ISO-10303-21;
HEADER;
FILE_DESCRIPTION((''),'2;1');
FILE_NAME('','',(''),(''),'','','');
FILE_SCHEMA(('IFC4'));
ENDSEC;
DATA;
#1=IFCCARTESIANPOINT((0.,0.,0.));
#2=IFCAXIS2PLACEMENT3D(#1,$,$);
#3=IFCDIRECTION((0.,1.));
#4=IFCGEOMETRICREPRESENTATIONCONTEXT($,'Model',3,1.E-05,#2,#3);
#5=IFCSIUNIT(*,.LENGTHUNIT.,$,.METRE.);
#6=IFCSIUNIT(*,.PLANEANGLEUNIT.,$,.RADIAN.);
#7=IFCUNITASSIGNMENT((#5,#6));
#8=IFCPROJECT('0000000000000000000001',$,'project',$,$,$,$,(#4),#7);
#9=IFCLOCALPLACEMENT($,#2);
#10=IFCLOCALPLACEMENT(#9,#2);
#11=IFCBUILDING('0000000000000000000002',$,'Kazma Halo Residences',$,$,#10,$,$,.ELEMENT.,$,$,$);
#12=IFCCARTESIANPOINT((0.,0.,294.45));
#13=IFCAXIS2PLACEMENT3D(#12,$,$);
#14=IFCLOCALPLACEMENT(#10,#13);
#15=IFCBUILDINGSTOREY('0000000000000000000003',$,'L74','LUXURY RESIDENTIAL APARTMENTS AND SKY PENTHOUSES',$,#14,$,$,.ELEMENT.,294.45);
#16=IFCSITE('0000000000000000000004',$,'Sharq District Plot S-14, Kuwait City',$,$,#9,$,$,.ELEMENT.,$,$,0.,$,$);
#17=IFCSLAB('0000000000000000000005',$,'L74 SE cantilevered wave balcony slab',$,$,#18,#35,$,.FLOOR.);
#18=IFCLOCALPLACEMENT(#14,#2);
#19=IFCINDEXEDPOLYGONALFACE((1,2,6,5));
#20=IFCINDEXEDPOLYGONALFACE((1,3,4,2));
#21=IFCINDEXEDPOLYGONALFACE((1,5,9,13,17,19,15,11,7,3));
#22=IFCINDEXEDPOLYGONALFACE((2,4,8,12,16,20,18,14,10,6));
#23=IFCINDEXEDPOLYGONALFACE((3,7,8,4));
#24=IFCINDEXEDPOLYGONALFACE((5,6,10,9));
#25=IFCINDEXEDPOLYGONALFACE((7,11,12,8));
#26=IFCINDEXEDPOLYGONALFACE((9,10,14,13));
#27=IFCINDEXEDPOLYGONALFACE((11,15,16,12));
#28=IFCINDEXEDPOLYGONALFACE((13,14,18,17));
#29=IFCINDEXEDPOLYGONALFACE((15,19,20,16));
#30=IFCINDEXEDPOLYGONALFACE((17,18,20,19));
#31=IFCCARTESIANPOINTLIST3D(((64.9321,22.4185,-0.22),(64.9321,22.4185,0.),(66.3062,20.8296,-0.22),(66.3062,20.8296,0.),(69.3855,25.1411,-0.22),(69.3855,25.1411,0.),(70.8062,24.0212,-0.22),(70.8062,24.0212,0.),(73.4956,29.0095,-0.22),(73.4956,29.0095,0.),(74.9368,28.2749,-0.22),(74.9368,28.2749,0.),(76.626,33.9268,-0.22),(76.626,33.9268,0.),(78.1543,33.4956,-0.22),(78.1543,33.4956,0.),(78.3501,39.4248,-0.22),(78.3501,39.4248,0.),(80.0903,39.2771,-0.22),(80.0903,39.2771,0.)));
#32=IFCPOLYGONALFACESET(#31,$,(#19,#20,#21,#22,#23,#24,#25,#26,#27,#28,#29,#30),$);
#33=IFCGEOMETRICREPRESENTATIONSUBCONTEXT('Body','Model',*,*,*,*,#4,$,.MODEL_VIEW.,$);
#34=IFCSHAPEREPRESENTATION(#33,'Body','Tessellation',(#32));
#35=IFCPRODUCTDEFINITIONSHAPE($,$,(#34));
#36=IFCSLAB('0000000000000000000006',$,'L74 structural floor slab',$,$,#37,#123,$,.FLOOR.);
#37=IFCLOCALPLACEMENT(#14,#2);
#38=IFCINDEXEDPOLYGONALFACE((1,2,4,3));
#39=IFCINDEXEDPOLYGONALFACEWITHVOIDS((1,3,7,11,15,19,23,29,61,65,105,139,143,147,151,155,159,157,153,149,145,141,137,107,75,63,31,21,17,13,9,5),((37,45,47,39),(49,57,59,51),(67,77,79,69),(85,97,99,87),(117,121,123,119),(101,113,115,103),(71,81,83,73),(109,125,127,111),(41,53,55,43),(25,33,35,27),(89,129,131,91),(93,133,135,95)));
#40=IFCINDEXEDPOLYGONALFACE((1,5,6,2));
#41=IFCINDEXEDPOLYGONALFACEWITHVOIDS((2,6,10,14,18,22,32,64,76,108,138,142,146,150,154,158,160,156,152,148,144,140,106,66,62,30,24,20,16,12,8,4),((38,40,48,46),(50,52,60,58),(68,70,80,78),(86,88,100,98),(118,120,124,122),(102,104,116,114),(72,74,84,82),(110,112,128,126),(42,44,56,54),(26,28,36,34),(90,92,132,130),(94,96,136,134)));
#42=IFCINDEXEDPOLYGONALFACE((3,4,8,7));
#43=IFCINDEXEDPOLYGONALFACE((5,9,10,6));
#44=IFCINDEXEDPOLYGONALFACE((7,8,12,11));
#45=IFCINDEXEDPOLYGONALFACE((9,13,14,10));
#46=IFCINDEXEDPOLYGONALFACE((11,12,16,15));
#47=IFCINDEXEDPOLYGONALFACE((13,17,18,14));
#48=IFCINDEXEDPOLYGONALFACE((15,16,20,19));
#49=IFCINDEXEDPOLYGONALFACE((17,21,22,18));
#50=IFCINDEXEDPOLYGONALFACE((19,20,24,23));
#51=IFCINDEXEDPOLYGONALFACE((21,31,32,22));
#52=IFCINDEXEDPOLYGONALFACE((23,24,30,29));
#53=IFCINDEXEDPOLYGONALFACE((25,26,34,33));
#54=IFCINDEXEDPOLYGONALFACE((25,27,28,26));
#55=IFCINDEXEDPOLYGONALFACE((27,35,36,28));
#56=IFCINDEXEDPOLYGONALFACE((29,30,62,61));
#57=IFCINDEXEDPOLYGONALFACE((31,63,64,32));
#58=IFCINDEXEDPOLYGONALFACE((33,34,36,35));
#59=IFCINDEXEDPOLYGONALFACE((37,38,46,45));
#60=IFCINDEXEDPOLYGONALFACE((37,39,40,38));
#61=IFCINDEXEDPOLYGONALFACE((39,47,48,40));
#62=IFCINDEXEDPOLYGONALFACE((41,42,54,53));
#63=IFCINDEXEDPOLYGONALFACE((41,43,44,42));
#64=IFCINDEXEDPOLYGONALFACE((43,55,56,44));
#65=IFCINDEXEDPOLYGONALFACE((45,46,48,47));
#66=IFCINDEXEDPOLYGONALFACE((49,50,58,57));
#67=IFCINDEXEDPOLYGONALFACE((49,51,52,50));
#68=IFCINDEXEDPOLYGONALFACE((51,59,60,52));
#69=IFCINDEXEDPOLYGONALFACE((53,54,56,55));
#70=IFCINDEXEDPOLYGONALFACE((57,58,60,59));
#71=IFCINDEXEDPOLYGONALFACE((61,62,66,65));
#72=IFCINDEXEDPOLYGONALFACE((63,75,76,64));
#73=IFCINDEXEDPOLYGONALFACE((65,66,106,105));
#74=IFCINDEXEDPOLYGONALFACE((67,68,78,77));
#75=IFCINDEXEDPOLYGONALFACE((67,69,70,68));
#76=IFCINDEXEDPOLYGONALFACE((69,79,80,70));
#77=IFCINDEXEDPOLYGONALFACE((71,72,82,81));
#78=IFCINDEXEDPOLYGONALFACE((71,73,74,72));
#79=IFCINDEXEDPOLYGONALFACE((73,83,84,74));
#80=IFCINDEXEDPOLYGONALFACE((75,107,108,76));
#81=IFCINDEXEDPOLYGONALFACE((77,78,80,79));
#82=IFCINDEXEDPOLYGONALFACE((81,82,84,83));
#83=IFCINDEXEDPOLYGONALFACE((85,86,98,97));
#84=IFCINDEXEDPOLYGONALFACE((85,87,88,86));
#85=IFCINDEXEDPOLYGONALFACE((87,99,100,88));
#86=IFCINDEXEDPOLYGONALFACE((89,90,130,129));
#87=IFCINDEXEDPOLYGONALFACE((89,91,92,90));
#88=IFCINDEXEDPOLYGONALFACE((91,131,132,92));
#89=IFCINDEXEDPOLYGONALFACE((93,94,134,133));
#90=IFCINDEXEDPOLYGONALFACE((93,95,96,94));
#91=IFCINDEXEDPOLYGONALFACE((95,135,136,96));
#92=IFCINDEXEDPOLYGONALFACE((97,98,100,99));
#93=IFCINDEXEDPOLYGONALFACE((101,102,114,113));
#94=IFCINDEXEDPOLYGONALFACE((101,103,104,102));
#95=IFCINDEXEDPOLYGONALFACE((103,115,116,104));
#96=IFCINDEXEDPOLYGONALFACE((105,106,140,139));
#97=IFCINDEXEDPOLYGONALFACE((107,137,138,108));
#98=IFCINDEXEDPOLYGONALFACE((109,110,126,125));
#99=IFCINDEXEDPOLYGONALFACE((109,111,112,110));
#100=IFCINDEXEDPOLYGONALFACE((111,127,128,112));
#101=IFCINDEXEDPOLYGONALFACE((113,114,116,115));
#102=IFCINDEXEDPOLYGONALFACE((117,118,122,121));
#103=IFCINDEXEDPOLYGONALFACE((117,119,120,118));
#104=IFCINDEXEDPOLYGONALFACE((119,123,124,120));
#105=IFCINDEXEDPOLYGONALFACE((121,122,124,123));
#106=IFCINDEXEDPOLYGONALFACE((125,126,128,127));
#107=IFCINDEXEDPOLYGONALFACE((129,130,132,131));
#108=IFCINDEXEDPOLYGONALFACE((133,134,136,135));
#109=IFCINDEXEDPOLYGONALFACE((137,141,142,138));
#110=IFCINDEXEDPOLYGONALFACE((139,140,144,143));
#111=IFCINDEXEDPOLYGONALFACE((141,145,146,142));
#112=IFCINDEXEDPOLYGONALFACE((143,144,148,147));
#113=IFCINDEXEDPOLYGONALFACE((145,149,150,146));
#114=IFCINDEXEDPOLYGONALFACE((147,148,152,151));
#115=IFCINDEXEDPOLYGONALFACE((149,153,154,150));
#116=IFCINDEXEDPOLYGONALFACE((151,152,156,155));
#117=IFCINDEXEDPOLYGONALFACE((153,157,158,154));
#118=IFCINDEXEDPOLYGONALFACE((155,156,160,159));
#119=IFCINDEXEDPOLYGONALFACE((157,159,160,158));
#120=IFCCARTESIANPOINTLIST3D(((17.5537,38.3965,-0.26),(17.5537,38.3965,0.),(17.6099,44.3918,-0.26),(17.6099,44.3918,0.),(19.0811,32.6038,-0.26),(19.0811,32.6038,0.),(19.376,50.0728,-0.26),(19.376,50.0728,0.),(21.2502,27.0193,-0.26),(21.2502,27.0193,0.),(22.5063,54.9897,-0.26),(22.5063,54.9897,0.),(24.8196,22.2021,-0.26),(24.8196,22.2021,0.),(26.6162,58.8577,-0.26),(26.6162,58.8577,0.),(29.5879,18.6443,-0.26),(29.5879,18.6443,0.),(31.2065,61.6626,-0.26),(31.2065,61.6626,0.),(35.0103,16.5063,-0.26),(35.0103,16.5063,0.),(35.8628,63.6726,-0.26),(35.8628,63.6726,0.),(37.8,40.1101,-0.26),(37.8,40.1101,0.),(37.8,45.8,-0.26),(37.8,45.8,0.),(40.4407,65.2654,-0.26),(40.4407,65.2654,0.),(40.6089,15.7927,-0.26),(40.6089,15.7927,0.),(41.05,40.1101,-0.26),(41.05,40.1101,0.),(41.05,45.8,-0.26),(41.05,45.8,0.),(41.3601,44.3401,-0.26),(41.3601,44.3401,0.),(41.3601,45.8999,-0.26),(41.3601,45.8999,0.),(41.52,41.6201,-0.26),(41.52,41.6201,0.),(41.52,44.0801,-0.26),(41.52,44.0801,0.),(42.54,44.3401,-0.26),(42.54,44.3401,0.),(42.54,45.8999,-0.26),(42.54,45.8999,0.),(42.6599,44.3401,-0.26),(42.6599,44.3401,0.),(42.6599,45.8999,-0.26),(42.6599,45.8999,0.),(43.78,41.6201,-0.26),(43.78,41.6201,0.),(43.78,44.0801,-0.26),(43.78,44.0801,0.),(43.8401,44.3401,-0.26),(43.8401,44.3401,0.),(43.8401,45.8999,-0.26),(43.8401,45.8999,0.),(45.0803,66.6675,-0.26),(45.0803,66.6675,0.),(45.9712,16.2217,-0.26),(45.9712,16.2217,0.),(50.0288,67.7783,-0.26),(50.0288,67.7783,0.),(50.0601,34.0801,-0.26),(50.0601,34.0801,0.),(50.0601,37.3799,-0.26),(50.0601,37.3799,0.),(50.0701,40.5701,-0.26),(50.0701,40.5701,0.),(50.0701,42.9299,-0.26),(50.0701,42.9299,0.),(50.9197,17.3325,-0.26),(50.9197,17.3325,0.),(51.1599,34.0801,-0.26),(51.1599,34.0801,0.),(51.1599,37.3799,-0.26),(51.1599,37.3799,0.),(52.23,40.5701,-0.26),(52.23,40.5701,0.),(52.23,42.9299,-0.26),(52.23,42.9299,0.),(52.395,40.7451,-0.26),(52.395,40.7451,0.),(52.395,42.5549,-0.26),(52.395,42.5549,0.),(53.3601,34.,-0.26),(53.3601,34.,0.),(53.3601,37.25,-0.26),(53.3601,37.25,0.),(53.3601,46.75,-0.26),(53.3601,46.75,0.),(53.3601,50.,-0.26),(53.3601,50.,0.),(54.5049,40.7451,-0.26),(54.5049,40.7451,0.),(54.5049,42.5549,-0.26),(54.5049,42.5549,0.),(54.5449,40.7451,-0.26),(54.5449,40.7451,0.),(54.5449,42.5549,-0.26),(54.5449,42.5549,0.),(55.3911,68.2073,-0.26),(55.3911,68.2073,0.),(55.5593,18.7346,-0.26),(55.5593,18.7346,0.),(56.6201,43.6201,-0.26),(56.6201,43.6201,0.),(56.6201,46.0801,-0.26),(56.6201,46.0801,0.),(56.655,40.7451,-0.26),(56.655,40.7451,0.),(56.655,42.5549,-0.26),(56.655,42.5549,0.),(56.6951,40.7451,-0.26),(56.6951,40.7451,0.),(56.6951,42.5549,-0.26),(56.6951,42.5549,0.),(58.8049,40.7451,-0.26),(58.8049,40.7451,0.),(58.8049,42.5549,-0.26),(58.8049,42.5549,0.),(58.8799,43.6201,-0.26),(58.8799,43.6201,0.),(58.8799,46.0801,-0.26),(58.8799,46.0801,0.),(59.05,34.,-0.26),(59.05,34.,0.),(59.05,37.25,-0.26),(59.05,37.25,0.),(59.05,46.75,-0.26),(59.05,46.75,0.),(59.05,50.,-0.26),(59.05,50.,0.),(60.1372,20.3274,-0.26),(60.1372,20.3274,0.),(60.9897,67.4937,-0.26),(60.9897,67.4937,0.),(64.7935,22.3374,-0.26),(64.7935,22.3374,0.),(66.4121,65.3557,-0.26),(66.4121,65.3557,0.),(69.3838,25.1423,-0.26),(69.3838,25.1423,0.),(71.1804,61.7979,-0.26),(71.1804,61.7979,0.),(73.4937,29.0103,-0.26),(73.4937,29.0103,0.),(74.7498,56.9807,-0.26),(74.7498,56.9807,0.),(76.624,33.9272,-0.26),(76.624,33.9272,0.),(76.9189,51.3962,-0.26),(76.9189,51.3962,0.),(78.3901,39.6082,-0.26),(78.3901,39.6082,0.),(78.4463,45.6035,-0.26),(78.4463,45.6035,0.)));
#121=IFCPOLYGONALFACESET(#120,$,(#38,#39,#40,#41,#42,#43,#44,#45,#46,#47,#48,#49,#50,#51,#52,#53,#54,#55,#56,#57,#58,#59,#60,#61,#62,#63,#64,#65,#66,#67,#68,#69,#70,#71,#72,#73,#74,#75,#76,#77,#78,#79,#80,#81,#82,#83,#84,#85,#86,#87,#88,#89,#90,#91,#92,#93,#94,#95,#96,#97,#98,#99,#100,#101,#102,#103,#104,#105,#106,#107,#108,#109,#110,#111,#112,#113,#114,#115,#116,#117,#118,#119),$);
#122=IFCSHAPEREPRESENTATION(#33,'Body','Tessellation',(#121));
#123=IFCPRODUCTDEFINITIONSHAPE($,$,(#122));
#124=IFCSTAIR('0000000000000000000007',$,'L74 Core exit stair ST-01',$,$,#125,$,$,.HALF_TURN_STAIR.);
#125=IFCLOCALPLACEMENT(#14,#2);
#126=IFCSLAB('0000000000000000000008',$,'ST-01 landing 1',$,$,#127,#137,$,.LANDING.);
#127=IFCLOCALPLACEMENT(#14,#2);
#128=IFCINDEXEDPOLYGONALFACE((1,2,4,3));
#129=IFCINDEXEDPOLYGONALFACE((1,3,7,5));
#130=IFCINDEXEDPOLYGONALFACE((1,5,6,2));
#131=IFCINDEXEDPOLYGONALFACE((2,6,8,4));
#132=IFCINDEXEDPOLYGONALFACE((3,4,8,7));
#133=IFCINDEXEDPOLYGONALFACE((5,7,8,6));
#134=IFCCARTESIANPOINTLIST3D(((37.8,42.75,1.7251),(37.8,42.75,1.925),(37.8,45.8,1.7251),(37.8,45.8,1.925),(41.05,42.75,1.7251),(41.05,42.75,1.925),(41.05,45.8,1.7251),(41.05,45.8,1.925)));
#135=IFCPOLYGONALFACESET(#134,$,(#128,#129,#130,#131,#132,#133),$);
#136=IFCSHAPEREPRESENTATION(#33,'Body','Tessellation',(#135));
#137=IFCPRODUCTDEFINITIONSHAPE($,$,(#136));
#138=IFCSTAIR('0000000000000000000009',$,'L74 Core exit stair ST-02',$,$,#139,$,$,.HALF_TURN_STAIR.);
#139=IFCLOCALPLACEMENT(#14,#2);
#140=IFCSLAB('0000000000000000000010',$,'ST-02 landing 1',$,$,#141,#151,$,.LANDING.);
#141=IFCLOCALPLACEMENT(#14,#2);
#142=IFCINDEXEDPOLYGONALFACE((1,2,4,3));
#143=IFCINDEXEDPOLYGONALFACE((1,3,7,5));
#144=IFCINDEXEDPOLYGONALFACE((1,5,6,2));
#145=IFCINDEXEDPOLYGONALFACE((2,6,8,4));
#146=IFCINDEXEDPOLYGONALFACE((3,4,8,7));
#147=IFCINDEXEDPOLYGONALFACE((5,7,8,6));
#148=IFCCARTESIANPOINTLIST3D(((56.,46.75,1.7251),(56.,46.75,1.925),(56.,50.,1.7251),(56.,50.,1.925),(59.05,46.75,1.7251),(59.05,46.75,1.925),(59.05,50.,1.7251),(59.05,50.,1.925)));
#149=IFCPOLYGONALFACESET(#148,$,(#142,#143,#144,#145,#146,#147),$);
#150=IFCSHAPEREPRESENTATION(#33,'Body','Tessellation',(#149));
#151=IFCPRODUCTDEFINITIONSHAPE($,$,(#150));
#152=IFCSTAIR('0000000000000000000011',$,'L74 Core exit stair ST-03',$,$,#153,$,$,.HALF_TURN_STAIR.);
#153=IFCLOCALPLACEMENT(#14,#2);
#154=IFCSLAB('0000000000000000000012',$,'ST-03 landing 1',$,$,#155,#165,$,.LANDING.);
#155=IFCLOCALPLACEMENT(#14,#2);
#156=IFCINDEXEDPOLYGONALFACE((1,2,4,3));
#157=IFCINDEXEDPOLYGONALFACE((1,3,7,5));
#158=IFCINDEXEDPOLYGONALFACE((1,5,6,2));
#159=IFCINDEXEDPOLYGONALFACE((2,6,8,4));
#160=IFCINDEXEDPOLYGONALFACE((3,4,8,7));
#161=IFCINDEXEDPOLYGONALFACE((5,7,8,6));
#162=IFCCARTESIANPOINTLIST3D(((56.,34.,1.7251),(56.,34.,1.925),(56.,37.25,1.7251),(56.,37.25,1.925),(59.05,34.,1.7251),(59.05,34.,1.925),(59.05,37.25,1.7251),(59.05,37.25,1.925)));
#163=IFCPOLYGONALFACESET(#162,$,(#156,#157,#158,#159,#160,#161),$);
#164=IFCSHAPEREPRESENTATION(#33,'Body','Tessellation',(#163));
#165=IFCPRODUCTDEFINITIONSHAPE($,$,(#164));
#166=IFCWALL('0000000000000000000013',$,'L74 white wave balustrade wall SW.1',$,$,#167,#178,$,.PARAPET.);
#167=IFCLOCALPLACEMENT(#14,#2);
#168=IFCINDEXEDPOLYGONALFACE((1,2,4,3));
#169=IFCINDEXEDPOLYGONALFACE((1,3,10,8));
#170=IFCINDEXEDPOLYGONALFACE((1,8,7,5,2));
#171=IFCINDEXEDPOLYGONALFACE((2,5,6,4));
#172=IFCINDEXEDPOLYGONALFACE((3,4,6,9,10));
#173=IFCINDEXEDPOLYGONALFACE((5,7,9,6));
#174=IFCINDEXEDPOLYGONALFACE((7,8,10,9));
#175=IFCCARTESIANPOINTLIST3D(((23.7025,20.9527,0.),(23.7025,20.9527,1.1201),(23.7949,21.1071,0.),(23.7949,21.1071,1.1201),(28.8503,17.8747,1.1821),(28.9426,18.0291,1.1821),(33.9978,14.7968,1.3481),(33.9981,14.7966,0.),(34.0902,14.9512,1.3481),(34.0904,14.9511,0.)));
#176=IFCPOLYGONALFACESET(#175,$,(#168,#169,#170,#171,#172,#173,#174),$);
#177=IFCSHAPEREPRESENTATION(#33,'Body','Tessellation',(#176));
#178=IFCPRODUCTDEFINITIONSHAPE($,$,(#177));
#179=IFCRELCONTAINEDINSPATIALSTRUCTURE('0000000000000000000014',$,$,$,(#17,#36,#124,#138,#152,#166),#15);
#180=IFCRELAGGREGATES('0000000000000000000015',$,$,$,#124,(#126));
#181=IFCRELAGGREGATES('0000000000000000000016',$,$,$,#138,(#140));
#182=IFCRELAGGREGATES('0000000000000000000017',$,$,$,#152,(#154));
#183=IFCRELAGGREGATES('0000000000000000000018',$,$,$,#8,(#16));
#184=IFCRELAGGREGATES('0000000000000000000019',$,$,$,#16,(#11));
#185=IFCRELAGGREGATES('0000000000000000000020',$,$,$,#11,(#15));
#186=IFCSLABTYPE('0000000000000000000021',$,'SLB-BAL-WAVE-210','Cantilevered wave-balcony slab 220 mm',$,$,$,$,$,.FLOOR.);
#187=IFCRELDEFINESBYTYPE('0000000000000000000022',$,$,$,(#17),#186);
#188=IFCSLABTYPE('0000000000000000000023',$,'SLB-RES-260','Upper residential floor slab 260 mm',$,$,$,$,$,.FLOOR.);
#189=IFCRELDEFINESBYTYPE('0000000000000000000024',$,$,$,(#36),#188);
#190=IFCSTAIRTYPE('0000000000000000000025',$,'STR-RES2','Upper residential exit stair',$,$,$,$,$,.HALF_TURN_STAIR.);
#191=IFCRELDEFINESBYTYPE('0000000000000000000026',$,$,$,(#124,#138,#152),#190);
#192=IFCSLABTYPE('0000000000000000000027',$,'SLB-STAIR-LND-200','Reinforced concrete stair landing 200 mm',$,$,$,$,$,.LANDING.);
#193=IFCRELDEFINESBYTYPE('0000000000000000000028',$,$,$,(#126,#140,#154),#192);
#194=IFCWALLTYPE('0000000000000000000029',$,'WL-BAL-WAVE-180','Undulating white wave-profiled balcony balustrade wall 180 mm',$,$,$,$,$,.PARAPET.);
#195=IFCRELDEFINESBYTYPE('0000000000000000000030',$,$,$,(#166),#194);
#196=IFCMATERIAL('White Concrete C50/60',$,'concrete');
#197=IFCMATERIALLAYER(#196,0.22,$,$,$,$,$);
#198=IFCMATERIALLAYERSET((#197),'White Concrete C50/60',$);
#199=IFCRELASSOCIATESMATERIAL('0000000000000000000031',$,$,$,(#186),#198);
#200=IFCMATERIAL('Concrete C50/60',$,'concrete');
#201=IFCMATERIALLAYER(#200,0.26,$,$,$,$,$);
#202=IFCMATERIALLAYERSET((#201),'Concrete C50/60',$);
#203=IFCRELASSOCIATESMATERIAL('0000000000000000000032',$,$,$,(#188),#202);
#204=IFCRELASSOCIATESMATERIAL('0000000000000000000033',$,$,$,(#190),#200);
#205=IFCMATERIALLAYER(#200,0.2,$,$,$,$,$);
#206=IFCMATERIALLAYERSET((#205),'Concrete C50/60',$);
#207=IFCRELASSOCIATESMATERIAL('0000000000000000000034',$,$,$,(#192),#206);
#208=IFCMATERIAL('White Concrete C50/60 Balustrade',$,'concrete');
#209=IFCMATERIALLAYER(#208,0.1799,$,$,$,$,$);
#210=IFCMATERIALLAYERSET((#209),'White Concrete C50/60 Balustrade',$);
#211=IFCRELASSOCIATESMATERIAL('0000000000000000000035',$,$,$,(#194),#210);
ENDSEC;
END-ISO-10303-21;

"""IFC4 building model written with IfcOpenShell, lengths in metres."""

from ifc_helpers import new_model, si_unit, direction, frame, origin, place, context, subcontext, project, spatial, polyline, outline, extrude, material, layer, layer_set, type_object, element, aggregate, save


model = new_model("IFC4")

# Units and contexts
model_context = context("Model", 3, precision=1e-05, world=origin(), true_north=direction((0.0, 1.0)))
body_context = subcontext(model_context, "Body", "Model", "MODEL_VIEW")
ifc_project = project(units=[si_unit("LENGTHUNIT", "METRE"), si_unit("PLANEANGLEUNIT", "RADIAN")], contexts=[model_context])

# Site, building, storey
site_placement = place(None, origin())
site = spatial("IfcSite", under=ifc_project, at=site_placement, Name="Sharq District Plot S-14, Kuwait City", CompositionType="ELEMENT", RefElevation=0.0)
building_placement = place(site_placement, origin())
building = spatial("IfcBuilding", under=site, at=building_placement, Name="Kazma Halo Residences", CompositionType="ELEMENT")
storey_placement = place(building_placement, frame((0.0, 0.0, 294.45)))
storey = spatial("IfcBuildingStorey", under=building, at=storey_placement, Name="L74", Description="LUXURY RESIDENTIAL APARTMENTS AND SKY PENTHOUSES", CompositionType="ELEMENT", Elevation=294.45)

# Slabs
ifc_material_1 = material(Name="White Concrete C50/60", Category="concrete")
ifc_layer_1 = layer(ifc_material_1, 0.22)
ifc_layer_set_1 = layer_set([ifc_layer_1], Name="White Concrete C50/60")
slab_type_1 = type_object("IfcSlabType", Name="SLB-BAL-WAVE-210", Description="Cantilevered wave-balcony slab 220 mm", PredefinedType="FLOOR", material=ifc_layer_set_1)
slab_1_placement = place(storey_placement, frame((0.0, 0.0, -0.22)))
element("IfcSlab", 1, at=slab_1_placement, inside=storey, type_object=slab_type_1, Name="L74 SE cantilevered wave balcony slab", PredefinedType="FLOOR", context=body_context, shape_type="SweptSolid", body=[
    extrude(outline(polyline([(64.9321, 22.4185), (69.3855, 25.1411), (73.4956, 29.0095), (76.626, 33.9268), (78.3501, 39.4248), (80.0903, 39.2771), (78.1543, 33.4956), (74.9368, 28.2749), (70.8062, 24.0212), (66.3062, 20.8296), (64.9321, 22.4185)])), origin(), (0.0, 0.0, 1.0), 0.22),
])
ifc_material_2 = material(Name="Concrete C50/60", Category="concrete")
ifc_layer_2 = layer(ifc_material_2, 0.26)
ifc_layer_set_2 = layer_set([ifc_layer_2], Name="Concrete C50/60")
slab_type_2 = type_object("IfcSlabType", Name="SLB-RES-260", Description="Upper residential floor slab 260 mm", PredefinedType="FLOOR", material=ifc_layer_set_2)
slab_2_placement = place(storey_placement, frame((0.0, 0.0, -0.26)))
element("IfcSlab", 2, at=slab_2_placement, inside=storey, type_object=slab_type_2, Name="L74 structural floor slab", PredefinedType="FLOOR", context=body_context, shape_type="SweptSolid", body=[
    extrude(outline(polyline([(76.9189, 51.3962), (74.7498, 56.9807), (71.1804, 61.7979), (66.4121, 65.3557), (60.9897, 67.4937), (55.3911, 68.2073), (50.0288, 67.7783), (45.0803, 66.6675), (40.4407, 65.2654), (35.8628, 63.6726), (31.2065, 61.6626), (26.6162, 58.8577), (22.5063, 54.9897), (19.376, 50.0728), (17.6099, 44.3918), (17.5537, 38.3965), (19.0811, 32.6038), (21.2502, 27.0193), (24.8196, 22.2021), (29.5879, 18.6443), (35.0103, 16.5063), (40.6089, 15.7927), (45.9712, 16.2217), (50.9197, 17.3325), (55.5593, 18.7346), (60.1372, 20.3274), (64.7935, 22.3374), (69.3838, 25.1423), (73.4937, 29.0103), (76.624, 33.9272), (78.3901, 39.6082), (78.4463, 45.6035), (76.9189, 51.3962)]), holes=[polyline([(37.8, 40.1101), (41.05, 40.1101), (41.05, 45.8), (37.8, 45.8), (37.8, 40.1101)]), polyline([(53.3601, 46.75), (59.05, 46.75), (59.05, 50.0), (53.3601, 50.0), (53.3601, 46.75)]), polyline([(53.3601, 34.0), (59.05, 34.0), (59.05, 37.25), (53.3601, 37.25), (53.3601, 34.0)]), polyline([(41.52, 41.6201), (43.78, 41.6201), (43.78, 44.0801), (41.52, 44.0801), (41.52, 41.6201)]), polyline([(56.6201, 43.6201), (58.8799, 43.6201), (58.8799, 46.0801), (56.6201, 46.0801), (56.6201, 43.6201)]), polyline([(52.395, 40.7451), (54.5049, 40.7451), (54.5049, 42.5549), (52.395, 42.5549), (52.395, 40.7451)]), polyline([(54.5449, 40.7451), (56.655, 40.7451), (56.655, 42.5549), (54.5449, 42.5549), (54.5449, 40.7451)]), polyline([(56.6951, 40.7451), (58.8049, 40.7451), (58.8049, 42.5549), (56.6951, 42.5549), (56.6951, 40.7451)]), polyline([(50.0701, 40.5701), (52.23, 40.5701), (52.23, 42.9299), (50.0701, 42.9299), (50.0701, 40.5701)]), polyline([(41.3601, 44.3401), (42.54, 44.3401), (42.54, 45.8999), (41.3601, 45.8999), (41.3601, 44.3401)]), polyline([(42.6599, 44.3401), (43.8401, 44.3401), (43.8401, 45.8999), (42.6599, 45.8999), (42.6599, 44.3401)]), polyline([(50.0601, 34.0801), (51.1599, 34.0801), (51.1599, 37.3799), (50.0601, 37.3799), (50.0601, 34.0801)])]), origin(), (0.0, 0.0, 1.0), 0.26),
])

# Stairs, slabs
stair_type = type_object("IfcStairType", Name="STR-RES2", Description="Upper residential exit stair", PredefinedType="HALF_TURN_STAIR", material=ifc_material_2)
stair_1_placement = place(storey_placement, origin())
stair_1 = element("IfcStair", 3, at=stair_1_placement, inside=storey, type_object=stair_type, Name="L74 Core exit stair ST-01", PredefinedType="HALF_TURN_STAIR")
ifc_layer_3 = layer(ifc_material_2, 0.2)
ifc_layer_set_3 = layer_set([ifc_layer_3], Name="Concrete C50/60")
slab_type_3 = type_object("IfcSlabType", Name="SLB-STAIR-LND-200", Description="Reinforced concrete stair landing 200 mm", PredefinedType="LANDING", material=ifc_layer_set_3)
slab_3_placement = place(storey_placement, frame((0.0, 0.0, 1.7251)))
slab_3 = element("IfcSlab", 4, at=slab_3_placement, type_object=slab_type_3, Name="ST-01 landing 1", PredefinedType="LANDING", context=body_context, shape_type="SweptSolid", body=[
    extrude(outline(polyline([(41.05, 42.75), (41.05, 45.8), (37.8, 45.8), (37.8, 42.75), (41.05, 42.75)])), origin(), (0.0, 0.0, 1.0), 0.2),
])
aggregate(stair_1, [slab_3])
stair_2_placement = place(storey_placement, origin())
stair_2 = element("IfcStair", 5, at=stair_2_placement, inside=storey, type_object=stair_type, Name="L74 Core exit stair ST-02", PredefinedType="HALF_TURN_STAIR")
slab_4_placement = place(storey_placement, frame((0.0, 0.0, 1.7251)))
slab_4 = element("IfcSlab", 6, at=slab_4_placement, type_object=slab_type_3, Name="ST-02 landing 1", PredefinedType="LANDING", context=body_context, shape_type="SweptSolid", body=[
    extrude(outline(polyline([(56.0, 46.75), (59.05, 46.75), (59.05, 50.0), (56.0, 50.0), (56.0, 46.75)])), origin(), (0.0, 0.0, 1.0), 0.2),
])
aggregate(stair_2, [slab_4])
stair_3_placement = place(storey_placement, origin())
stair_3 = element("IfcStair", 7, at=stair_3_placement, inside=storey, type_object=stair_type, Name="L74 Core exit stair ST-03", PredefinedType="HALF_TURN_STAIR")
slab_5_placement = place(storey_placement, frame((0.0, 0.0, 1.7251)))
slab_5 = element("IfcSlab", 8, at=slab_5_placement, type_object=slab_type_3, Name="ST-03 landing 1", PredefinedType="LANDING", context=body_context, shape_type="SweptSolid", body=[
    extrude(outline(polyline([(56.0, 34.0), (59.05, 34.0), (59.05, 37.25), (56.0, 37.25), (56.0, 34.0)])), origin(), (0.0, 0.0, 1.0), 0.2),
])
aggregate(stair_3, [slab_5])

# Wall
ifc_material_3 = material(Name="White Concrete C50/60 Balustrade", Category="concrete")
ifc_layer_4 = layer(ifc_material_3, 0.1799)
ifc_layer_set_4 = layer_set([ifc_layer_4], Name="White Concrete C50/60 Balustrade")
wall_type_1 = type_object("IfcWallType", Name="WL-BAL-WAVE-180", Description="Undulating white wave-profiled balcony balustrade wall 180 mm", PredefinedType="PARAPET", material=ifc_layer_set_4)
wall_1_placement = place(storey_placement, frame((23.7488, 21.03, 0.0), z_axis=(0.0, 0.0, 1.0), x_axis=(0.858273, -0.513193, 0.0)))
element("IfcWall", 9, at=wall_1_placement, inside=storey, type_object=wall_type_1, Name="L74 white wave balustrade wall SW.1", PredefinedType="PARAPET", context=body_context, shape_type="SweptSolid", body=[
    extrude(outline(polyline([(0.0, 0.0), (11.9956, 0.0), (11.9954, 1.3481), (5.9978, 1.1821), (0.0, 1.1201), (0.0, 0.0)])), frame((0.0, 0.0898, 0.0), z_axis=(0.0, -1.0, 0.0), x_axis=(1.0, 0.0, 0.0)), (0.0, 0.0, 1.0), 0.1799),
])

save(model, "model.ifc")
